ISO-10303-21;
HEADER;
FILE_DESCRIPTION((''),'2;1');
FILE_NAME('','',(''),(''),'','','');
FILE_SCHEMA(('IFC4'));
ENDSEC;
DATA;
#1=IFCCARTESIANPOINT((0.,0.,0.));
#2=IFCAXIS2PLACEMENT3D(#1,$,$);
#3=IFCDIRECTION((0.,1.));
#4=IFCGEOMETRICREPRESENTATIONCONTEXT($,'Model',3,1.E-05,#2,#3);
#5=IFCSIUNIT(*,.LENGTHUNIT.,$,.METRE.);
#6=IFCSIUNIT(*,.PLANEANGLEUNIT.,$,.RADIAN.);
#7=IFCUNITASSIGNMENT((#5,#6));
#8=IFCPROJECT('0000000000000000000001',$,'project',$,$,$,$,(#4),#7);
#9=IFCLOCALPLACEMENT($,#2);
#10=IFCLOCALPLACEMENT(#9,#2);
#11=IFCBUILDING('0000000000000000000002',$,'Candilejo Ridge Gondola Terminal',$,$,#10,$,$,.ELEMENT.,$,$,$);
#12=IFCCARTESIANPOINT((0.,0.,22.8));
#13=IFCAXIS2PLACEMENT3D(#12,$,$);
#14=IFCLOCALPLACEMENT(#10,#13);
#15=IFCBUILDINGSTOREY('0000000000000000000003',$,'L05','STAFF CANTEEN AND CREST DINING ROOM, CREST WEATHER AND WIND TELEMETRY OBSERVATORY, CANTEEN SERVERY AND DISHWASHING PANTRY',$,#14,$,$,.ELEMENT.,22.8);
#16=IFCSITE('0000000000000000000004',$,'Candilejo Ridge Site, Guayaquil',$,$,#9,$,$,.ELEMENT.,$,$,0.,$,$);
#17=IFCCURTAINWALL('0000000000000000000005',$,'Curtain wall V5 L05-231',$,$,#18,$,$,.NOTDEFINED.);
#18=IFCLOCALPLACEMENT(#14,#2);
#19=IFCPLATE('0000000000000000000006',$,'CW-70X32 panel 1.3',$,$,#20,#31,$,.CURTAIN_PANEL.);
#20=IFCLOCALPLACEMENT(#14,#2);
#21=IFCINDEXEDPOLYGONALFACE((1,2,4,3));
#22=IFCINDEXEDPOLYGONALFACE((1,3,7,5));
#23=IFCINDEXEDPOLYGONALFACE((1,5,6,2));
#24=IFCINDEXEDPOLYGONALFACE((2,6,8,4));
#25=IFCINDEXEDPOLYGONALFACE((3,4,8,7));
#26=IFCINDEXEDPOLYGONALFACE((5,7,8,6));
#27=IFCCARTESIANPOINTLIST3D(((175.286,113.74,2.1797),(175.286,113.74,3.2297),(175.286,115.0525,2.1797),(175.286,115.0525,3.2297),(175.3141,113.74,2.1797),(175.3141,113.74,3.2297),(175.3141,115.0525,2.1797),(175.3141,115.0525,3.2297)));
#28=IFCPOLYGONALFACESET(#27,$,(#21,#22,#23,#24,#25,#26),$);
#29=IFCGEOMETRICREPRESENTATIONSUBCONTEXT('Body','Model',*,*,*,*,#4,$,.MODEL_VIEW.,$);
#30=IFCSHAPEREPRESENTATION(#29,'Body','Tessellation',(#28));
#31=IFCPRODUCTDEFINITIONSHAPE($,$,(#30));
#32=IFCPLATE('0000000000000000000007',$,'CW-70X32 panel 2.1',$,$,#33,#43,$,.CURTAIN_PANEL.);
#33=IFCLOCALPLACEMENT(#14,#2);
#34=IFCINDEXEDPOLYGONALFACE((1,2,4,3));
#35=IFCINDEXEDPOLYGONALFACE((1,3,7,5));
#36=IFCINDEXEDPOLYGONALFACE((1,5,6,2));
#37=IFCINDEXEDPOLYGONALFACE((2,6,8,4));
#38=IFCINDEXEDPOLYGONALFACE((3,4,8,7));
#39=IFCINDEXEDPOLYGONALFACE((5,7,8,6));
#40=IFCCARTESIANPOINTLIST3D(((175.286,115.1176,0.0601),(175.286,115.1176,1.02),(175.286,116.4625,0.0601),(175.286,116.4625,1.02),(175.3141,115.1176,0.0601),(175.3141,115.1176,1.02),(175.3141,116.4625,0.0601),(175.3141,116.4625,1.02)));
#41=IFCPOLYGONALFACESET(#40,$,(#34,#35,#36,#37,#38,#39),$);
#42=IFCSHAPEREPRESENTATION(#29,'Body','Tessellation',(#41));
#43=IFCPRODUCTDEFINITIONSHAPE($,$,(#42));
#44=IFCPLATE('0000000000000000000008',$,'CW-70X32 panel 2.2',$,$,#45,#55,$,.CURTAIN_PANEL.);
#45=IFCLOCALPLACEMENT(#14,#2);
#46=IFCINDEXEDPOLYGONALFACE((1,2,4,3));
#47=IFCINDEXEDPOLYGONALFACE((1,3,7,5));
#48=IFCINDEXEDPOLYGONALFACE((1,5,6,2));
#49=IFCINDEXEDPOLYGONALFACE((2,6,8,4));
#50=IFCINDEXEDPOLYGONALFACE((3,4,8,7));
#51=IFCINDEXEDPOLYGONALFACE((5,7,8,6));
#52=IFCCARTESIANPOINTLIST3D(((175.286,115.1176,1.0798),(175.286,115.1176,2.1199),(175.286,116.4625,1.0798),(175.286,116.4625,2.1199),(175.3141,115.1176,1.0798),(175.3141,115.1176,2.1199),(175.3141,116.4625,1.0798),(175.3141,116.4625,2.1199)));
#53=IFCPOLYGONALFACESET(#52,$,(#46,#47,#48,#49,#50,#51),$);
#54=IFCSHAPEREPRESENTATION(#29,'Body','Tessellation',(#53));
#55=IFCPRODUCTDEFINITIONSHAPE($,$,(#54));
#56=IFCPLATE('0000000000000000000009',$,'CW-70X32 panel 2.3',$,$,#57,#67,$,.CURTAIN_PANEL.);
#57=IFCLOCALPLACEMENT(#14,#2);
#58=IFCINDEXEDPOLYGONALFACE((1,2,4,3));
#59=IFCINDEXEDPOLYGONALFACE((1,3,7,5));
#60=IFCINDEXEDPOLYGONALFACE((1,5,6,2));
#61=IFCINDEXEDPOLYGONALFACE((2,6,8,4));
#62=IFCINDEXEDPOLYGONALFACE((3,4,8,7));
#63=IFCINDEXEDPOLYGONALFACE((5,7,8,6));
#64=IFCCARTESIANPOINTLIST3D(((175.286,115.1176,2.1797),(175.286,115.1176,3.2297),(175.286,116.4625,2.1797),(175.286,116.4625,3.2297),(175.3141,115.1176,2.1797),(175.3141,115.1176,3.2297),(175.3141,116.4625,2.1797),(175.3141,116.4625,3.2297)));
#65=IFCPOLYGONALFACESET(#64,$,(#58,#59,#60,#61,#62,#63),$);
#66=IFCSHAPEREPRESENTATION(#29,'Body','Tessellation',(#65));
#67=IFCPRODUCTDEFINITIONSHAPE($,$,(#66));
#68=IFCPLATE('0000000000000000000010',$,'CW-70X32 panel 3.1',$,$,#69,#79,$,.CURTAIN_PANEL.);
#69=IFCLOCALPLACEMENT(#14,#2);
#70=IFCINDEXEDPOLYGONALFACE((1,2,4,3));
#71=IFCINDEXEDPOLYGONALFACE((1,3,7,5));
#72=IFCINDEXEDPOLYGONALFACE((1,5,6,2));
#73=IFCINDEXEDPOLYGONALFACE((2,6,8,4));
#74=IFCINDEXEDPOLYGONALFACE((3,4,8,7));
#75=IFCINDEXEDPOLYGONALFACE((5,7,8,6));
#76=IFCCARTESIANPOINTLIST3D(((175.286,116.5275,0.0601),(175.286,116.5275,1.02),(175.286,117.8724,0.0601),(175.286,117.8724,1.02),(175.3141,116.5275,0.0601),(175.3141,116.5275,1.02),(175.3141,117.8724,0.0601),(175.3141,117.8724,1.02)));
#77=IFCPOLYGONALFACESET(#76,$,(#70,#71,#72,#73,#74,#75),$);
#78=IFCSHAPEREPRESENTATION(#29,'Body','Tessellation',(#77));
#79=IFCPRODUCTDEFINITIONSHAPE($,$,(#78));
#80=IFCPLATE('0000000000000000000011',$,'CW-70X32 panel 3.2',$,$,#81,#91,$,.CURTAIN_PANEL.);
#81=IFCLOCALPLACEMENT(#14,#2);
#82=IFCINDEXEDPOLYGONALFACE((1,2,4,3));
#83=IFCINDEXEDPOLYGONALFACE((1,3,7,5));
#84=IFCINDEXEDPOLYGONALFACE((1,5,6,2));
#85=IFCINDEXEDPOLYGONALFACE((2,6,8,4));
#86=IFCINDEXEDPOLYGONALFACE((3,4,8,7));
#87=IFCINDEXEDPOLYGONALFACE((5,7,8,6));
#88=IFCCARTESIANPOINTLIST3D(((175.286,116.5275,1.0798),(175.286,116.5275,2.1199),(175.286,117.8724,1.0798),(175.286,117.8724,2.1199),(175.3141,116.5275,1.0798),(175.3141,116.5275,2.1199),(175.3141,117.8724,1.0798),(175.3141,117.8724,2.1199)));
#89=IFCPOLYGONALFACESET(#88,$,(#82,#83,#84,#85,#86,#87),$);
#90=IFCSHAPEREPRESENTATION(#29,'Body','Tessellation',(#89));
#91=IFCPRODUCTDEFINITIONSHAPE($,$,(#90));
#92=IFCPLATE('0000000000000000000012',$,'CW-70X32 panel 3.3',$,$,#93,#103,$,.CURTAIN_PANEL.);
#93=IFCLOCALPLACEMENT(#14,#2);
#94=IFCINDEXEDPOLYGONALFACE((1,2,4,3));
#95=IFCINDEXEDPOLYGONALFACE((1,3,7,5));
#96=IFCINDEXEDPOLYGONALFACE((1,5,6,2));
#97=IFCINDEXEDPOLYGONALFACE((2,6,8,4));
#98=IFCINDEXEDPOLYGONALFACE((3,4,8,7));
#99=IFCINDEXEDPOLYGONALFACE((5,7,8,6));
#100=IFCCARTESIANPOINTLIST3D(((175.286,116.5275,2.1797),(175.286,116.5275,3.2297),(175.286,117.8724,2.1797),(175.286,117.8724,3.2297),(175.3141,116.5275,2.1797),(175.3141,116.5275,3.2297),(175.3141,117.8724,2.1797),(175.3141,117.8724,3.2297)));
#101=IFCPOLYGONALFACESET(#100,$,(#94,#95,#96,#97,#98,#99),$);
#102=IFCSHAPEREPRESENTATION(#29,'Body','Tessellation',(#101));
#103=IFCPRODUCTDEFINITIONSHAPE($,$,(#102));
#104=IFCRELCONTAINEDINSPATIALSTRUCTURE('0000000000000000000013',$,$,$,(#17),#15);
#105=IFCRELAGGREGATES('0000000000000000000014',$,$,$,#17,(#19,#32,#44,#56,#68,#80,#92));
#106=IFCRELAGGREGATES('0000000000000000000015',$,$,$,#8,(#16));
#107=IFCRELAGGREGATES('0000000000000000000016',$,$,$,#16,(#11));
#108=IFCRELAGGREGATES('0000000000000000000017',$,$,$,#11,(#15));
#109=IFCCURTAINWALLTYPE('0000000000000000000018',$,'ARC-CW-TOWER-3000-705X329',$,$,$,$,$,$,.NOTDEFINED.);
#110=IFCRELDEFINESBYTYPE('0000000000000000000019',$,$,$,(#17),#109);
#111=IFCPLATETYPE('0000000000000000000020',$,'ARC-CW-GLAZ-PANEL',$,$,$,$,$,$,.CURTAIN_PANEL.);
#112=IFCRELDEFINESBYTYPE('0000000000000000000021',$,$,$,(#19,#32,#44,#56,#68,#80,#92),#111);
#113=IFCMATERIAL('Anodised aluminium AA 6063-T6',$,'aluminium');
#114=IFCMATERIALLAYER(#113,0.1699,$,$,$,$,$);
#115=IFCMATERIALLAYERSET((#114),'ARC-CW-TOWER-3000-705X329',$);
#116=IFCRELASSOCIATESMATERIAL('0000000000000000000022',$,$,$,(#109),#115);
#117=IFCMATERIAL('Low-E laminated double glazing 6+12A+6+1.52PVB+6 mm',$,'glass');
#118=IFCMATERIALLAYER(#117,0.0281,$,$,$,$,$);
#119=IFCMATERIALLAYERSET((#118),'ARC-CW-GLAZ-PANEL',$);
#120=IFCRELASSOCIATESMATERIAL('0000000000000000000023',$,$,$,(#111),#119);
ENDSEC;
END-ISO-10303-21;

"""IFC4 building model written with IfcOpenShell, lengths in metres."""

from ifc_helpers import new_model, si_unit, direction, frame, origin, origin_2d, place, context, subcontext, project, spatial, rectangle, extrude, material, layer, layer_set, type_object, element, aggregate, save


model = new_model("IFC4")

# Units and contexts
model_context = context("Model", 3, precision=1e-05, world=origin(), true_north=direction((0.0, 1.0)))
body_context = subcontext(model_context, "Body", "Model", "MODEL_VIEW")
ifc_project = project(units=[si_unit("LENGTHUNIT", "METRE"), si_unit("PLANEANGLEUNIT", "RADIAN")], contexts=[model_context])

# Site, building, storey
site_placement = place(None, origin())
site = spatial("IfcSite", under=ifc_project, at=site_placement, Name="Candilejo Ridge Site, Guayaquil", CompositionType="ELEMENT", RefElevation=0.0)
building_placement = place(site_placement, origin())
building = spatial("IfcBuilding", under=site, at=building_placement, Name="Candilejo Ridge Gondola Terminal", CompositionType="ELEMENT")
storey_placement = place(building_placement, frame((0.0, 0.0, 22.8)))
storey = spatial("IfcBuildingStorey", under=building, at=storey_placement, Name="L05", Description="STAFF CANTEEN AND CREST DINING ROOM, CREST WEATHER AND WIND TELEMETRY OBSERVATORY, CANTEEN SERVERY AND DISHWASHING PANTRY", CompositionType="ELEMENT", Elevation=22.8)

# Curtain wall, plates
ifc_material_1 = material(Name="Anodised aluminium AA 6063-T6", Category="aluminium")
ifc_layer_1 = layer(ifc_material_1, 0.1699)
ifc_layer_set_1 = layer_set([ifc_layer_1], Name="ARC-CW-TOWER-3000-705X329")
curtain_wall_type = type_object("IfcCurtainWallType", Name="ARC-CW-TOWER-3000-705X329", PredefinedType="NOTDEFINED", material=ifc_layer_set_1)
curtain_wall_placement = place(storey_placement, origin())
curtain_wall = element("IfcCurtainWall", 1, at=curtain_wall_placement, inside=storey, type_object=curtain_wall_type, Name="Curtain wall V5 L05-231", PredefinedType="NOTDEFINED")
ifc_material_2 = material(Name="Low-E laminated double glazing 6+12A+6+1.52PVB+6 mm", Category="glass")
ifc_layer_2 = layer(ifc_material_2, 0.0281)
ifc_layer_set_2 = layer_set([ifc_layer_2], Name="ARC-CW-GLAZ-PANEL")
plate_type = type_object("IfcPlateType", Name="ARC-CW-GLAZ-PANEL", PredefinedType="CURTAIN_PANEL", material=ifc_layer_set_2)
plate_1_placement = place(storey_placement, frame((175.3, 114.3962, 2.1797), z_axis=(0.0, 0.0, 1.0), x_axis=(0.0, 1.0, 0.0)))
plate_1 = element("IfcPlate", 2, at=plate_1_placement, type_object=plate_type, Name="CW-70X32 panel 1.3", PredefinedType="CURTAIN_PANEL", context=body_context, shape_type="SweptSolid", body=[
    extrude(rectangle(XDim=1.3125, YDim=0.0281, at=origin_2d()), origin(), (0.0, 0.0, 1.0), 1.05),
])
plate_2_placement = place(storey_placement, frame((175.3, 115.79, 0.0601), z_axis=(0.0, 0.0, 1.0), x_axis=(0.0, 1.0, 0.0)))
plate_2 = element("IfcPlate", 3, at=plate_2_placement, type_object=plate_type, Name="CW-70X32 panel 2.1", PredefinedType="CURTAIN_PANEL", context=body_context, shape_type="SweptSolid", body=[
    extrude(rectangle(XDim=1.345, YDim=0.0281, at=origin_2d()), origin(), (0.0, 0.0, 1.0), 0.96),
])
plate_3_placement = place(storey_placement, frame((175.3, 115.79, 1.0798), z_axis=(0.0, 0.0, 1.0), x_axis=(0.0, 1.0, 0.0)))
plate_3 = element("IfcPlate", 4, at=plate_3_placement, type_object=plate_type, Name="CW-70X32 panel 2.2", PredefinedType="CURTAIN_PANEL", context=body_context, shape_type="SweptSolid", body=[
    extrude(rectangle(XDim=1.345, YDim=0.0281, at=origin_2d()), origin(), (0.0, 0.0, 1.0), 1.04),
])
plate_4_placement = place(storey_placement, frame((175.3, 115.79, 2.1797), z_axis=(0.0, 0.0, 1.0), x_axis=(0.0, 1.0, 0.0)))
plate_4 = element("IfcPlate", 5, at=plate_4_placement, type_object=plate_type, Name="CW-70X32 panel 2.3", PredefinedType="CURTAIN_PANEL", context=body_context, shape_type="SweptSolid", body=[
    extrude(rectangle(XDim=1.345, YDim=0.0281, at=origin_2d()), origin(), (0.0, 0.0, 1.0), 1.05),
])
plate_5_placement = place(storey_placement, frame((175.3, 117.2, 0.0601), z_axis=(0.0, 0.0, 1.0), x_axis=(0.0, 1.0, 0.0)))
plate_5 = element("IfcPlate", 6, at=plate_5_placement, type_object=plate_type, Name="CW-70X32 panel 3.1", PredefinedType="CURTAIN_PANEL", context=body_context, shape_type="SweptSolid", body=[
    extrude(rectangle(XDim=1.345, YDim=0.0281, at=origin_2d()), origin(), (0.0, 0.0, 1.0), 0.96),
])
plate_6_placement = place(storey_placement, frame((175.3, 117.2, 1.0798), z_axis=(0.0, 0.0, 1.0), x_axis=(0.0, 1.0, 0.0)))
plate_6 = element("IfcPlate", 7, at=plate_6_placement, type_object=plate_type, Name="CW-70X32 panel 3.2", PredefinedType="CURTAIN_PANEL", context=body_context, shape_type="SweptSolid", body=[
    extrude(rectangle(XDim=1.345, YDim=0.0281, at=origin_2d()), origin(), (0.0, 0.0, 1.0), 1.04),
])
plate_7_placement = place(storey_placement, frame((175.3, 117.2, 2.1797), z_axis=(0.0, 0.0, 1.0), x_axis=(0.0, 1.0, 0.0)))
plate_7 = element("IfcPlate", 8, at=plate_7_placement, type_object=plate_type, Name="CW-70X32 panel 3.3", PredefinedType="CURTAIN_PANEL", context=body_context, shape_type="SweptSolid", body=[
    extrude(rectangle(XDim=1.345, YDim=0.0281, at=origin_2d()), origin(), (0.0, 0.0, 1.0), 1.05),
])
aggregate(curtain_wall, [plate_1, plate_2, plate_3, plate_4, plate_5, plate_6, plate_7])

save(model, "model.ifc")
